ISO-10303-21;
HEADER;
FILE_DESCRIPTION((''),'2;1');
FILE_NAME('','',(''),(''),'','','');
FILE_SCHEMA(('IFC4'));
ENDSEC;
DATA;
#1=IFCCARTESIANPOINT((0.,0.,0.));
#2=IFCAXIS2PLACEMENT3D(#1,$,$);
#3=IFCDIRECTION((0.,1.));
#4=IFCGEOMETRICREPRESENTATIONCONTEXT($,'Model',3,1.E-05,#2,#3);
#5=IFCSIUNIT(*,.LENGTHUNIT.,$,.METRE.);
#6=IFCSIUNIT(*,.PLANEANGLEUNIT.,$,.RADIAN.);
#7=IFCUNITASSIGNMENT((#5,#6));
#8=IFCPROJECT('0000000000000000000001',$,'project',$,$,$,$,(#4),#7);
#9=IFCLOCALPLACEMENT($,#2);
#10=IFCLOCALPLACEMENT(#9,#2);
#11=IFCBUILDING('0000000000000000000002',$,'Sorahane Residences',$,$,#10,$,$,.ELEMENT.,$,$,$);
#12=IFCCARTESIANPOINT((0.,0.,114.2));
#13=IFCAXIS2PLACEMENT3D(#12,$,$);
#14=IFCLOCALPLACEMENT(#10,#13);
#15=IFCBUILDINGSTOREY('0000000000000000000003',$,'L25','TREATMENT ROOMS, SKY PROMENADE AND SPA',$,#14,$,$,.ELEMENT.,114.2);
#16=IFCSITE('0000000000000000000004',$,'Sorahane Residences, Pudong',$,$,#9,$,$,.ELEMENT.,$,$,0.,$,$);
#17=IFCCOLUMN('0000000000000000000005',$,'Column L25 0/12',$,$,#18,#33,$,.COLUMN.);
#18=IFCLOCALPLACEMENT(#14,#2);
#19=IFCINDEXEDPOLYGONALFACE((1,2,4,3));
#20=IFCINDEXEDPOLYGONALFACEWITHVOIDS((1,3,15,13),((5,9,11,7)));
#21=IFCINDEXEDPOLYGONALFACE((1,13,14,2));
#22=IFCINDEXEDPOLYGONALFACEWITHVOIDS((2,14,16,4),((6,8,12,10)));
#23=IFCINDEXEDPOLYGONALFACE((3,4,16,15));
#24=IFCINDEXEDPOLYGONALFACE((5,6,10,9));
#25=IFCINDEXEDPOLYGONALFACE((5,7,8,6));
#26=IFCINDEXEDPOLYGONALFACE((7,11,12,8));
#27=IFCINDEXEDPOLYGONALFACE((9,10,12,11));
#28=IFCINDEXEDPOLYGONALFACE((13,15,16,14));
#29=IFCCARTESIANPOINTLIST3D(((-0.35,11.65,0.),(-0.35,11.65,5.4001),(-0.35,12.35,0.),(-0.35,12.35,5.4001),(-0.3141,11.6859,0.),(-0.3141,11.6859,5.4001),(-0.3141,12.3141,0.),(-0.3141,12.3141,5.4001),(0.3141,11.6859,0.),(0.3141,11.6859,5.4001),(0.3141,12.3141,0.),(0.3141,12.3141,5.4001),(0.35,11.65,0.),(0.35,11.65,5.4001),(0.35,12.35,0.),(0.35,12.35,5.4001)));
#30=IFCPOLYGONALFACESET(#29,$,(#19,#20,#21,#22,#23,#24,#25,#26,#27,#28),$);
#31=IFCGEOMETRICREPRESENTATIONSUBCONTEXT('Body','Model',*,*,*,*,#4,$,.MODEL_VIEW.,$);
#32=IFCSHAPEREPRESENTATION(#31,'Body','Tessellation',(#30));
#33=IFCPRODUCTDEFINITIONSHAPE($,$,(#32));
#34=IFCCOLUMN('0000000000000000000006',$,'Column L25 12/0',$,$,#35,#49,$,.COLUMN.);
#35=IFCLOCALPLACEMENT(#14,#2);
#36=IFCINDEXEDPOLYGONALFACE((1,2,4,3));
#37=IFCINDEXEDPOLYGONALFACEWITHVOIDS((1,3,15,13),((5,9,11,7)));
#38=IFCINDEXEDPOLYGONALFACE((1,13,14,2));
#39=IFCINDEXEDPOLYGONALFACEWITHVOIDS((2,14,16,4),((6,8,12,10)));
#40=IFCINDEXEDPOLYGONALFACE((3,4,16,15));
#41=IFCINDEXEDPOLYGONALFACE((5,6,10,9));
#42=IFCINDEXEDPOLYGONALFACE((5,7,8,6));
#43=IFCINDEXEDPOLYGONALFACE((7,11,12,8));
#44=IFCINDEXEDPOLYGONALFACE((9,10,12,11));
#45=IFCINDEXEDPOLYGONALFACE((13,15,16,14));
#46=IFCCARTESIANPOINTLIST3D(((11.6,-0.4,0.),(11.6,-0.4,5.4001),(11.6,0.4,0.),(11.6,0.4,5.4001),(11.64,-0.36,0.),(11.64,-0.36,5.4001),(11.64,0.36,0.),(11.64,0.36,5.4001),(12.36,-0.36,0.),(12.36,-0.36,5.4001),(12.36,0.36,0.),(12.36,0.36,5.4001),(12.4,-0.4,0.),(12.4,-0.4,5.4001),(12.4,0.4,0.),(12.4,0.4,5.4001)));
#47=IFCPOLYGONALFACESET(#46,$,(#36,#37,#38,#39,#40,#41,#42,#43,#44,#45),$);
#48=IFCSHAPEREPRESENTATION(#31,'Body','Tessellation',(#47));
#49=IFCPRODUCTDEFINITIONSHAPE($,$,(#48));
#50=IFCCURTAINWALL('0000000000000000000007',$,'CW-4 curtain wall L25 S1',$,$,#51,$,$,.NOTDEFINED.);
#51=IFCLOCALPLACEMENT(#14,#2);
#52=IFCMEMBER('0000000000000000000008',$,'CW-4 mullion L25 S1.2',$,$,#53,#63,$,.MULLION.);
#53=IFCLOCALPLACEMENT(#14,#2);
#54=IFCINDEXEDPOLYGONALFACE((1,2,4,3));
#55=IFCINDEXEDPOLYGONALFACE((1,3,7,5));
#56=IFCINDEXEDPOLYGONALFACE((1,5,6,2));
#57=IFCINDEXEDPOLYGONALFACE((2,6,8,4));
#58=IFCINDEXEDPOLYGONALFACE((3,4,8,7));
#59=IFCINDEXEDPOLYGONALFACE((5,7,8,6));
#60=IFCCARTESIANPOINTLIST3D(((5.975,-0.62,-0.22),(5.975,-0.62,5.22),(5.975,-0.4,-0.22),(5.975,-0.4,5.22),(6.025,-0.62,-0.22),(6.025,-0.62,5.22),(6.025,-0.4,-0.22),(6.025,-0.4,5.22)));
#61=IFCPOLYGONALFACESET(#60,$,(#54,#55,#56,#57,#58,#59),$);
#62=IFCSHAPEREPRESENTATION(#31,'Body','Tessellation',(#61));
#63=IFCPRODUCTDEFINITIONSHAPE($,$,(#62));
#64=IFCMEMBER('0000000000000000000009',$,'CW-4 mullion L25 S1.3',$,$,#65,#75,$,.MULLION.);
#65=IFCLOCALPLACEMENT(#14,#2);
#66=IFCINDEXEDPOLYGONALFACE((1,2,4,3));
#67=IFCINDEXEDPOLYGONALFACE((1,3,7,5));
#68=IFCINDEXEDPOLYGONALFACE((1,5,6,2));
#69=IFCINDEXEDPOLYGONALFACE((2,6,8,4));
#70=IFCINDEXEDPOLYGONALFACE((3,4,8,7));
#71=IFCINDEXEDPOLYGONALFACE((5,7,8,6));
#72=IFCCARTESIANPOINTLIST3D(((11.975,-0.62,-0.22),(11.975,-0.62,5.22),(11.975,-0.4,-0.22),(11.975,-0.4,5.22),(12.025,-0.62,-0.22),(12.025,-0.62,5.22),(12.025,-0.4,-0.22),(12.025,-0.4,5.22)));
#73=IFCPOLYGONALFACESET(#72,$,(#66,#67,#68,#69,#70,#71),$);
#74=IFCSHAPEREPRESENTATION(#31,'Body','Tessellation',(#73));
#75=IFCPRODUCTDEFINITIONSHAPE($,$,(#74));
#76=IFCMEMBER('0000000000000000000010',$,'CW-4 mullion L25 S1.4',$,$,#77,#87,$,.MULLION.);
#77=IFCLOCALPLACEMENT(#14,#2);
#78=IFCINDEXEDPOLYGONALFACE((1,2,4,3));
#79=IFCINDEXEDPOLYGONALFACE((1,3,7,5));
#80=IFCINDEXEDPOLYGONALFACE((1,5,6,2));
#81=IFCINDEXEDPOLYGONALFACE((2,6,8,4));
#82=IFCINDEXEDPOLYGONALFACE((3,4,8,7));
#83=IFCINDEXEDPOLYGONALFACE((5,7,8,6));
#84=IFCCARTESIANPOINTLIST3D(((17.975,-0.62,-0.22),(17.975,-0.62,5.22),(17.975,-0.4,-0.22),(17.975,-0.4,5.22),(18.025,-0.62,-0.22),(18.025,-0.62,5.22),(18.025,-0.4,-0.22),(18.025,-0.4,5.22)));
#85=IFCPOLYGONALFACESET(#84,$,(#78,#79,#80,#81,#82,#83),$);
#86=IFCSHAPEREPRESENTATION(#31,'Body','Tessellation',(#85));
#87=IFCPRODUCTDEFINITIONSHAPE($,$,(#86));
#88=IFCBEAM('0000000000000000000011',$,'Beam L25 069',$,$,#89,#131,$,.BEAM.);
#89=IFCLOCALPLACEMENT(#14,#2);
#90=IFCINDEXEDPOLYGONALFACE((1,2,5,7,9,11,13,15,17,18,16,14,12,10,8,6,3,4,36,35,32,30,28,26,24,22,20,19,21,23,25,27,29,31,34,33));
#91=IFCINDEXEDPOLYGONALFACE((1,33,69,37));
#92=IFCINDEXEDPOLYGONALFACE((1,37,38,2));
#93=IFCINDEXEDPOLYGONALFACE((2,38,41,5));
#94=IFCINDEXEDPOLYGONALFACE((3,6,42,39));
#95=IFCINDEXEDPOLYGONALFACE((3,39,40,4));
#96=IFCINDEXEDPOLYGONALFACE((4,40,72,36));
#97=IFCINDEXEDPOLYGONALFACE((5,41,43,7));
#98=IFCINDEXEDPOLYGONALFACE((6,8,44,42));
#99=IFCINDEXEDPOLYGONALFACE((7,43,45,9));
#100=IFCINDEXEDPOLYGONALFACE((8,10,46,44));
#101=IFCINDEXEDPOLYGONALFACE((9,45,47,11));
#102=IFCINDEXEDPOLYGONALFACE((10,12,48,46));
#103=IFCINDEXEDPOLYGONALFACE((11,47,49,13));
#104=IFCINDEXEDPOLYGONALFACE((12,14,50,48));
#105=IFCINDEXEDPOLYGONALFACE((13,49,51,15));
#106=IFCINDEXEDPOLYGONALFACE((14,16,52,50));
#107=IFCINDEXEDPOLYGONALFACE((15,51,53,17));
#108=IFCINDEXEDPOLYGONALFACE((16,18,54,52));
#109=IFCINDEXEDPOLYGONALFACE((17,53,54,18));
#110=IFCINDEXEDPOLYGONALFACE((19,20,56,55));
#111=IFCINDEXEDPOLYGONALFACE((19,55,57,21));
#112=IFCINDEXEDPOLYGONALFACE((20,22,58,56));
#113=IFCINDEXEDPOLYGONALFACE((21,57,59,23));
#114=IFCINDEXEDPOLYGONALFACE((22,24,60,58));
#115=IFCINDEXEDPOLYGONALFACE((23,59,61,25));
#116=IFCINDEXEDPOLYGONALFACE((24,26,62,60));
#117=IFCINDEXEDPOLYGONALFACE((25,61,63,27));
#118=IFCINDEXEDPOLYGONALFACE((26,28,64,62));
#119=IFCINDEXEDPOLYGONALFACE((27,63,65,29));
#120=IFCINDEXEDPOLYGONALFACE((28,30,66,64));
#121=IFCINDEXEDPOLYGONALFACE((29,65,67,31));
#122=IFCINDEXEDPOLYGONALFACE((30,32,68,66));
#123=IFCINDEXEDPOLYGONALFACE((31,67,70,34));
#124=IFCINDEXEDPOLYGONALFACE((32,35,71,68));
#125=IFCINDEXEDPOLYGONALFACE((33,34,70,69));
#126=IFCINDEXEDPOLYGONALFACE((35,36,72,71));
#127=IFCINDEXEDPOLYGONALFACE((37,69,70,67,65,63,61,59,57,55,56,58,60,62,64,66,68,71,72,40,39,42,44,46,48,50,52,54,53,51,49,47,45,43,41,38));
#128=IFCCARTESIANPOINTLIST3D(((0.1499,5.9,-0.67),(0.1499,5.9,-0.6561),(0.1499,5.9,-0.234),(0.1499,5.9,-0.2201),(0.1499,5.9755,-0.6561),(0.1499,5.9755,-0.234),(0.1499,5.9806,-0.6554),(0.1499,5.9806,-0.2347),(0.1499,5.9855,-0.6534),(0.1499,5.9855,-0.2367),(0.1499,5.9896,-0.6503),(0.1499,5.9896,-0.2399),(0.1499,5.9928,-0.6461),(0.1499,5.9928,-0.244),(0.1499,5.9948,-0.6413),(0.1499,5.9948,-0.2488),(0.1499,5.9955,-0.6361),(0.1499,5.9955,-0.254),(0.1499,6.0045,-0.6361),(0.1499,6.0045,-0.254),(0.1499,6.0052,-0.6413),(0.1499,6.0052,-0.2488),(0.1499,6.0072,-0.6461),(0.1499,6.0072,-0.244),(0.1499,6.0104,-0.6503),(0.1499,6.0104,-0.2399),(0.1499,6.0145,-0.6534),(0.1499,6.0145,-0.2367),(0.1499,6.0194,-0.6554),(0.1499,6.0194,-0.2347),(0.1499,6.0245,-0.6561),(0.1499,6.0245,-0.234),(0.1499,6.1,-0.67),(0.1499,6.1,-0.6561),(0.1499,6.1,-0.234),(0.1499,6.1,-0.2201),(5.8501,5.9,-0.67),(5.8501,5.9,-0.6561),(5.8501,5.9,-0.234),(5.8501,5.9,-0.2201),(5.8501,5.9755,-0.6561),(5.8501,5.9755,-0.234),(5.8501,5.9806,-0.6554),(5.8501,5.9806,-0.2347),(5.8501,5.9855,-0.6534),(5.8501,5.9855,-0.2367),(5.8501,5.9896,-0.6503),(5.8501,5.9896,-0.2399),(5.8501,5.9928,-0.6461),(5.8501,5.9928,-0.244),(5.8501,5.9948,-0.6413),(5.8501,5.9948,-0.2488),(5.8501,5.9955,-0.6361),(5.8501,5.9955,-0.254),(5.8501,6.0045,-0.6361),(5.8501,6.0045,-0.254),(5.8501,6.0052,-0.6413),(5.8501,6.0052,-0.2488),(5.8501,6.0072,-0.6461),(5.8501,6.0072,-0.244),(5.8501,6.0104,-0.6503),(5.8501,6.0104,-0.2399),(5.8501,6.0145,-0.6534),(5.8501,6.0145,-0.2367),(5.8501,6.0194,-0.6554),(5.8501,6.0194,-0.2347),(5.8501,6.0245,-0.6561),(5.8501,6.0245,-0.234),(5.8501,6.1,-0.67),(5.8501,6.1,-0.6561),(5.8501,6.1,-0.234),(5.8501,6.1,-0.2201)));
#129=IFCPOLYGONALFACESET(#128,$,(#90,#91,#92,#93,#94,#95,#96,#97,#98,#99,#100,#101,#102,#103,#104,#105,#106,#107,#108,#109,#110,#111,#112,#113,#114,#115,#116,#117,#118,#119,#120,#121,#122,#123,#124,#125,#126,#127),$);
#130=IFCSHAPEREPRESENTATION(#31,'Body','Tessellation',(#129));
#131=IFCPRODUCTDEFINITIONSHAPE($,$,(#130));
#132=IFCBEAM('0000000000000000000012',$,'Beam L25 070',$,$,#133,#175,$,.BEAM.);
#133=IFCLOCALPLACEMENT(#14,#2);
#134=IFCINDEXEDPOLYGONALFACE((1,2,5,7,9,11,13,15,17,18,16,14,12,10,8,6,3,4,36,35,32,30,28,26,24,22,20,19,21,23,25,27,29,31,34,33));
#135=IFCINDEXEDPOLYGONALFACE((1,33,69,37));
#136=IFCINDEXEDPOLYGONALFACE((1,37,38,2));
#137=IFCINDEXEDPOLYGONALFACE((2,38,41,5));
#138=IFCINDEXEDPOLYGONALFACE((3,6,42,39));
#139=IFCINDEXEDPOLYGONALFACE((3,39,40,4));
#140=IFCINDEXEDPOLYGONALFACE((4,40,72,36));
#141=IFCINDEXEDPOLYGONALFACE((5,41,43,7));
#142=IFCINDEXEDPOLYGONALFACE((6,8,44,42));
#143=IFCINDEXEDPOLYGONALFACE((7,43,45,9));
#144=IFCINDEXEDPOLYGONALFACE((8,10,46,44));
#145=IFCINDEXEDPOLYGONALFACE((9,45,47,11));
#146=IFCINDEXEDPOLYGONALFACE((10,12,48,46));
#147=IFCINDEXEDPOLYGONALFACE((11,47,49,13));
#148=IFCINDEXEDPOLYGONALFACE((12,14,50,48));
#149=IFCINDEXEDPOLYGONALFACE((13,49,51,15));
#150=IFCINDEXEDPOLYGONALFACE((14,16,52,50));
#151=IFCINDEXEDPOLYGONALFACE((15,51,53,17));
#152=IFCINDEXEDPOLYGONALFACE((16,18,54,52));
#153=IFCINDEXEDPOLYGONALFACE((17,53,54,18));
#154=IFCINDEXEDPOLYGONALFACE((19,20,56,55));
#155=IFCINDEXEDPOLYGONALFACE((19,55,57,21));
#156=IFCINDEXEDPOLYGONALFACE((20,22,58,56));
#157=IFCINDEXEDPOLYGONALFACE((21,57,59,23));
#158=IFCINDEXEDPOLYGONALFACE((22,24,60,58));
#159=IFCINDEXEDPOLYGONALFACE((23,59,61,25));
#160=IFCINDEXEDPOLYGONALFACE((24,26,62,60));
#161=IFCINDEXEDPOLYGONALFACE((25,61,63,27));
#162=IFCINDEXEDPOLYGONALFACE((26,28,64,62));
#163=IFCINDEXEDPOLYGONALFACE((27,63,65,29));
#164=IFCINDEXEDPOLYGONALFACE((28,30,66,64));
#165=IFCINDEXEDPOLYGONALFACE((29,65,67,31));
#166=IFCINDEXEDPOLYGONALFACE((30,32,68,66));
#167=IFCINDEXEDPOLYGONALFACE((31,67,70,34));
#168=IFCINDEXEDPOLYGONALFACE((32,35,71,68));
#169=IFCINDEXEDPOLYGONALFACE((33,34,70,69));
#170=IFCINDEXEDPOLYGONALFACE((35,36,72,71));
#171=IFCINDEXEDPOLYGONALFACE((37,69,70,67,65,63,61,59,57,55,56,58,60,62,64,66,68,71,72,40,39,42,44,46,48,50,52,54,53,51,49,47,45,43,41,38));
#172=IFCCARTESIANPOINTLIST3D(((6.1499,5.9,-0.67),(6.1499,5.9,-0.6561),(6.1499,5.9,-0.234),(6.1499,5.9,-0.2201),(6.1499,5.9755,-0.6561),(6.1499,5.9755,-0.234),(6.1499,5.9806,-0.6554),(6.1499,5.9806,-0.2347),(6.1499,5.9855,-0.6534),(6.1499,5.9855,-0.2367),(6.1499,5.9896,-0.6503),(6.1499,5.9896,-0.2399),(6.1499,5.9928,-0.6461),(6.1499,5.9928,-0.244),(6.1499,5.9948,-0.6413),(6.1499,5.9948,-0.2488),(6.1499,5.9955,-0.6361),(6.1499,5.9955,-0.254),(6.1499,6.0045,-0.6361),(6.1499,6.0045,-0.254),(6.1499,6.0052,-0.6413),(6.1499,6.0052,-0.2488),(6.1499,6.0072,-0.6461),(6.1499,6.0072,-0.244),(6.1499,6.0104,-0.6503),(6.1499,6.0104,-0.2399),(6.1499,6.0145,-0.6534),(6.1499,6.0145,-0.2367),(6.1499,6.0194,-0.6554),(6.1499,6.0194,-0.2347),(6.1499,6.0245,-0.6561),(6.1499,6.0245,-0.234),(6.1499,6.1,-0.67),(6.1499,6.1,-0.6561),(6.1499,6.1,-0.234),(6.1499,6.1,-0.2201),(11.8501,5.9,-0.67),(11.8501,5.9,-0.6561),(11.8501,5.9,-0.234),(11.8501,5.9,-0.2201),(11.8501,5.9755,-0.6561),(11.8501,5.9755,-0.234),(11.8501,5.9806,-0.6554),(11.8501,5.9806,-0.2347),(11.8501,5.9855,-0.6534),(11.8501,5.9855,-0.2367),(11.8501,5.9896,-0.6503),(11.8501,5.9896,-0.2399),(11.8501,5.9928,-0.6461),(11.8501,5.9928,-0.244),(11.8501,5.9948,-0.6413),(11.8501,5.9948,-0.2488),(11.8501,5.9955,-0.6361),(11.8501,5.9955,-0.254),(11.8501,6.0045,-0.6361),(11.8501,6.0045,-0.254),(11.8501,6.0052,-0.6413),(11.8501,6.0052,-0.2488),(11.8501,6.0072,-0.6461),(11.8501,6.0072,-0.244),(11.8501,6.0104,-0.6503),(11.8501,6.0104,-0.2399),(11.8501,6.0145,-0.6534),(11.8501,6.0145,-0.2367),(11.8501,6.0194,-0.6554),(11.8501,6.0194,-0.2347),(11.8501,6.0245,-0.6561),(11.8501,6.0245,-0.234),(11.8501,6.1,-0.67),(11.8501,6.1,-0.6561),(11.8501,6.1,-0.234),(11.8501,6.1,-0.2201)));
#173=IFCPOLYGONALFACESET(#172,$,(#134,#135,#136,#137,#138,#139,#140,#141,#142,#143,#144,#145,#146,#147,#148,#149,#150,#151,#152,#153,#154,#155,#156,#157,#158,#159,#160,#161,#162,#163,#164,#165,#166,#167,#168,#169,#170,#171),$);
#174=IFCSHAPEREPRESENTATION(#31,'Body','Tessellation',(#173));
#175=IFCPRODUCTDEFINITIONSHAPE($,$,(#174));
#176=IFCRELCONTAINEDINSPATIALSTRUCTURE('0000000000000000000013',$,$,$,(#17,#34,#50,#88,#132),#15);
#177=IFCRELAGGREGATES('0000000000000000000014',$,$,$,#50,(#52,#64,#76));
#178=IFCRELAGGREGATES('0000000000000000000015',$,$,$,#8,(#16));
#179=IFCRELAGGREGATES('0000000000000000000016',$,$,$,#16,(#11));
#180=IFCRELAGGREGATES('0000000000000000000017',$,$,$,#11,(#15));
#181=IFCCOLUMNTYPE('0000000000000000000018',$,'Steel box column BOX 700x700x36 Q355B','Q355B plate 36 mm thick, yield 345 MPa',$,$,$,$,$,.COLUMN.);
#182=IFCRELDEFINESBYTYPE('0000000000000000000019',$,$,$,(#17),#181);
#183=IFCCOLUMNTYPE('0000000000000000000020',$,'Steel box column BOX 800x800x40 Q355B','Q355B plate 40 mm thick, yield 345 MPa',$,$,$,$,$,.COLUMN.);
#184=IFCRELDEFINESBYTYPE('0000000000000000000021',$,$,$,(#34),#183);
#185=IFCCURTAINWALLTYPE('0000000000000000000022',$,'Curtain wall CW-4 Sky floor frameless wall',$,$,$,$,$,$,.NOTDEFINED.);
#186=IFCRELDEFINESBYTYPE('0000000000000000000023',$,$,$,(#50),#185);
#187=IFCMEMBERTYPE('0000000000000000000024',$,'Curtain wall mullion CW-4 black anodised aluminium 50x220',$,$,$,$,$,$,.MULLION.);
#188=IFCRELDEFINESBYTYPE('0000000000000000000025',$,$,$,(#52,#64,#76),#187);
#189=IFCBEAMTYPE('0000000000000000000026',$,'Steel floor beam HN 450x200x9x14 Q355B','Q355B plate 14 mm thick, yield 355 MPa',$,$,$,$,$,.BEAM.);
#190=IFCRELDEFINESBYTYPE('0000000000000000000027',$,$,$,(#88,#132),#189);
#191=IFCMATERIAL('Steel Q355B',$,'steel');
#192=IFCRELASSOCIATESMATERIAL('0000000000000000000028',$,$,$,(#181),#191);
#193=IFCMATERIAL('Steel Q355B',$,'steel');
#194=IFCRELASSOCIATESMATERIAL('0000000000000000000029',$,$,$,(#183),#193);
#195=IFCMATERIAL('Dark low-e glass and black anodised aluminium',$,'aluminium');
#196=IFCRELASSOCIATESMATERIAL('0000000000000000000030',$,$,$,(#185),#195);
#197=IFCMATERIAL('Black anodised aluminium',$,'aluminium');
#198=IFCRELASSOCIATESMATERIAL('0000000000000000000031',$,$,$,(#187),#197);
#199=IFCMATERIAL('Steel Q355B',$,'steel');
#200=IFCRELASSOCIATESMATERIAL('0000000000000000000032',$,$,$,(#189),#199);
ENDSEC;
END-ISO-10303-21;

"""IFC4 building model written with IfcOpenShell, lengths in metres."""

from ifc_helpers import new_model, si_unit, direction, frame, origin, origin_2d, place, context, subcontext, project, spatial, rectangle, hollow_rectangle, i_section, extrude, material, material_profile, profile_set, type_object, element, aggregate, save


model = new_model("IFC4")

# Units and contexts
model_context = context("Model", 3, precision=1e-05, world=origin(), true_north=direction((0.0, 1.0)))
body_context = subcontext(model_context, "Body", "Model", "MODEL_VIEW")
ifc_project = project(units=[si_unit("LENGTHUNIT", "METRE"), si_unit("PLANEANGLEUNIT", "RADIAN")], contexts=[model_context])

# Site, building, storey
site_placement = place(None, origin())
site = spatial("IfcSite", under=ifc_project, at=site_placement, Name="Sorahane Residences, Pudong", CompositionType="ELEMENT", RefElevation=0.0)
building_placement = place(site_placement, origin())
building = spatial("IfcBuilding", under=site, at=building_placement, Name="Sorahane Residences", CompositionType="ELEMENT")
storey_placement = place(building_placement, frame((0.0, 0.0, 114.2)))
storey = spatial("IfcBuildingStorey", under=building, at=storey_placement, Name="L25", Description="TREATMENT ROOMS, SKY PROMENADE AND SPA", CompositionType="ELEMENT", Elevation=114.2)

# Columns
ifc_material_1 = material(Name="Steel Q355B", Category="steel")
ifc_material_profile_1 = material_profile(ifc_material_1, hollow_rectangle(XDim=0.7, YDim=0.7, WallThickness=0.0359, at=origin_2d()), Name="BOX 700x700x36")
ifc_profile_set_1 = profile_set([ifc_material_profile_1], Name="Steel Q355B")
column_type_1 = type_object("IfcColumnType", Name="Steel box column BOX 700x700x36 Q355B", Description="Q355B plate 36 mm thick, yield 345 MPa", PredefinedType="COLUMN", material=ifc_profile_set_1)
column_1_placement = place(storey_placement, frame((0.0, 12.0, 0.0), z_axis=(0.0, 0.0, 1.0), x_axis=(1.0, 0.0, 0.0)))
element("IfcColumn", 1, at=column_1_placement, inside=storey, type_object=column_type_1, Name="Column L25 0/12", PredefinedType="COLUMN", context=body_context, shape_type="SweptSolid", body=[
    extrude(hollow_rectangle(XDim=0.7, YDim=0.7, WallThickness=0.0359, at=origin_2d()), origin(), (0.0, 0.0, 1.0), 5.4001),
])
ifc_material_2 = material(Name="Steel Q355B", Category="steel")
ifc_material_profile_2 = material_profile(ifc_material_2, hollow_rectangle(XDim=0.8, YDim=0.8, WallThickness=0.04, at=origin_2d()), Name="BOX 800x800x40")
ifc_profile_set_2 = profile_set([ifc_material_profile_2], Name="Steel Q355B")
column_type_2 = type_object("IfcColumnType", Name="Steel box column BOX 800x800x40 Q355B", Description="Q355B plate 40 mm thick, yield 345 MPa", PredefinedType="COLUMN", material=ifc_profile_set_2)
column_2_placement = place(storey_placement, frame((12.0, 0.0, 0.0), z_axis=(0.0, 0.0, 1.0), x_axis=(1.0, 0.0, 0.0)))
element("IfcColumn", 2, at=column_2_placement, inside=storey, type_object=column_type_2, Name="Column L25 12/0", PredefinedType="COLUMN", context=body_context, shape_type="SweptSolid", body=[
    extrude(hollow_rectangle(XDim=0.8, YDim=0.8, WallThickness=0.04, at=origin_2d()), origin(), (0.0, 0.0, 1.0), 5.4001),
])

# Curtain wall, members
ifc_material_3 = material(Name="Dark low-e glass and black anodised aluminium", Category="aluminium")
curtain_wall_type = type_object("IfcCurtainWallType", Name="Curtain wall CW-4 Sky floor frameless wall", PredefinedType="NOTDEFINED", material=ifc_material_3)
curtain_wall_placement = place(storey_placement, origin())
curtain_wall = element("IfcCurtainWall", 3, at=curtain_wall_placement, inside=storey, type_object=curtain_wall_type, Name="CW-4 curtain wall L25 S1", PredefinedType="NOTDEFINED")
ifc_material_4 = material(Name="Black anodised aluminium", Category="aluminium")
ifc_material_profile_3 = material_profile(ifc_material_4, rectangle(XDim=0.22, YDim=0.05, at=origin_2d()), Name="Curtain wall mullion CW-4 black anodised aluminium 50x220")
ifc_profile_set_3 = profile_set([ifc_material_profile_3], Name="Black anodised aluminium")
member_type = type_object("IfcMemberType", Name="Curtain wall mullion CW-4 black anodised aluminium 50x220", PredefinedType="MULLION", material=ifc_profile_set_3)
member_1_placement = place(storey_placement, frame((6.0, -0.51, -0.22), z_axis=(0.0, 0.0, 1.0), x_axis=(0.0, -1.0, 0.0)))
member_1 = element("IfcMember", 4, at=member_1_placement, type_object=member_type, Name="CW-4 mullion L25 S1.2", PredefinedType="MULLION", context=body_context, shape_type="SweptSolid", body=[
    extrude(rectangle(XDim=0.22, YDim=0.05, at=origin_2d()), origin(), (0.0, 0.0, 1.0), 5.4399),
])
member_2_placement = place(storey_placement, frame((12.0, -0.51, -0.22), z_axis=(0.0, 0.0, 1.0), x_axis=(0.0, -1.0, 0.0)))
member_2 = element("IfcMember", 5, at=member_2_placement, type_object=member_type, Name="CW-4 mullion L25 S1.3", PredefinedType="MULLION", context=body_context, shape_type="SweptSolid", body=[
    extrude(rectangle(XDim=0.22, YDim=0.05, at=origin_2d()), origin(), (0.0, 0.0, 1.0), 5.4399),
])
member_3_placement = place(storey_placement, frame((18.0, -0.51, -0.22), z_axis=(0.0, 0.0, 1.0), x_axis=(0.0, -1.0, 0.0)))
member_3 = element("IfcMember", 6, at=member_3_placement, type_object=member_type, Name="CW-4 mullion L25 S1.4", PredefinedType="MULLION", context=body_context, shape_type="SweptSolid", body=[
    extrude(rectangle(XDim=0.22, YDim=0.05, at=origin_2d()), origin(), (0.0, 0.0, 1.0), 5.4399),
])

# Beams
ifc_material_5 = material(Name="Steel Q355B", Category="steel")
ifc_material_profile_4 = material_profile(ifc_material_5, i_section(OverallWidth=0.2, OverallDepth=0.45, WebThickness=0.009, FlangeThickness=0.0139, FilletRadius=0.02, at=origin_2d()), Name="HN 450x200x9x14")
ifc_profile_set_4 = profile_set([ifc_material_profile_4], Name="Steel Q355B")
beam_type_1 = type_object("IfcBeamType", Name="Steel floor beam HN 450x200x9x14 Q355B", Description="Q355B plate 14 mm thick, yield 355 MPa", PredefinedType="BEAM", material=ifc_profile_set_4)
for number, where, z_axis, x_axis, name in (
    (7, (0.1499, 6.0, -0.4451), (1.0, 0.0, 0.0), (0.0, 1.0, 0.0), "Beam L25 069"),
    (8, (6.1499, 6.0, -0.4451), (1.0, 0.0, 0.0), (0.0, 1.0, 0.0), "Beam L25 070"),
):
    element("IfcBeam", number, at=place(storey_placement, frame(where, z_axis=z_axis, x_axis=x_axis)), inside=storey, type_object=beam_type_1, Name=name, PredefinedType="BEAM", context=body_context, shape_type="SweptSolid", body=[
        extrude(i_section(OverallWidth=0.2, OverallDepth=0.45, WebThickness=0.009, FlangeThickness=0.0139, FilletRadius=0.02, at=origin_2d()), origin(), (0.0, 0.0, 1.0), 5.7002),
    ])

aggregate(curtain_wall, [member_1, member_2, member_3])

save(model, "model.ifc")
